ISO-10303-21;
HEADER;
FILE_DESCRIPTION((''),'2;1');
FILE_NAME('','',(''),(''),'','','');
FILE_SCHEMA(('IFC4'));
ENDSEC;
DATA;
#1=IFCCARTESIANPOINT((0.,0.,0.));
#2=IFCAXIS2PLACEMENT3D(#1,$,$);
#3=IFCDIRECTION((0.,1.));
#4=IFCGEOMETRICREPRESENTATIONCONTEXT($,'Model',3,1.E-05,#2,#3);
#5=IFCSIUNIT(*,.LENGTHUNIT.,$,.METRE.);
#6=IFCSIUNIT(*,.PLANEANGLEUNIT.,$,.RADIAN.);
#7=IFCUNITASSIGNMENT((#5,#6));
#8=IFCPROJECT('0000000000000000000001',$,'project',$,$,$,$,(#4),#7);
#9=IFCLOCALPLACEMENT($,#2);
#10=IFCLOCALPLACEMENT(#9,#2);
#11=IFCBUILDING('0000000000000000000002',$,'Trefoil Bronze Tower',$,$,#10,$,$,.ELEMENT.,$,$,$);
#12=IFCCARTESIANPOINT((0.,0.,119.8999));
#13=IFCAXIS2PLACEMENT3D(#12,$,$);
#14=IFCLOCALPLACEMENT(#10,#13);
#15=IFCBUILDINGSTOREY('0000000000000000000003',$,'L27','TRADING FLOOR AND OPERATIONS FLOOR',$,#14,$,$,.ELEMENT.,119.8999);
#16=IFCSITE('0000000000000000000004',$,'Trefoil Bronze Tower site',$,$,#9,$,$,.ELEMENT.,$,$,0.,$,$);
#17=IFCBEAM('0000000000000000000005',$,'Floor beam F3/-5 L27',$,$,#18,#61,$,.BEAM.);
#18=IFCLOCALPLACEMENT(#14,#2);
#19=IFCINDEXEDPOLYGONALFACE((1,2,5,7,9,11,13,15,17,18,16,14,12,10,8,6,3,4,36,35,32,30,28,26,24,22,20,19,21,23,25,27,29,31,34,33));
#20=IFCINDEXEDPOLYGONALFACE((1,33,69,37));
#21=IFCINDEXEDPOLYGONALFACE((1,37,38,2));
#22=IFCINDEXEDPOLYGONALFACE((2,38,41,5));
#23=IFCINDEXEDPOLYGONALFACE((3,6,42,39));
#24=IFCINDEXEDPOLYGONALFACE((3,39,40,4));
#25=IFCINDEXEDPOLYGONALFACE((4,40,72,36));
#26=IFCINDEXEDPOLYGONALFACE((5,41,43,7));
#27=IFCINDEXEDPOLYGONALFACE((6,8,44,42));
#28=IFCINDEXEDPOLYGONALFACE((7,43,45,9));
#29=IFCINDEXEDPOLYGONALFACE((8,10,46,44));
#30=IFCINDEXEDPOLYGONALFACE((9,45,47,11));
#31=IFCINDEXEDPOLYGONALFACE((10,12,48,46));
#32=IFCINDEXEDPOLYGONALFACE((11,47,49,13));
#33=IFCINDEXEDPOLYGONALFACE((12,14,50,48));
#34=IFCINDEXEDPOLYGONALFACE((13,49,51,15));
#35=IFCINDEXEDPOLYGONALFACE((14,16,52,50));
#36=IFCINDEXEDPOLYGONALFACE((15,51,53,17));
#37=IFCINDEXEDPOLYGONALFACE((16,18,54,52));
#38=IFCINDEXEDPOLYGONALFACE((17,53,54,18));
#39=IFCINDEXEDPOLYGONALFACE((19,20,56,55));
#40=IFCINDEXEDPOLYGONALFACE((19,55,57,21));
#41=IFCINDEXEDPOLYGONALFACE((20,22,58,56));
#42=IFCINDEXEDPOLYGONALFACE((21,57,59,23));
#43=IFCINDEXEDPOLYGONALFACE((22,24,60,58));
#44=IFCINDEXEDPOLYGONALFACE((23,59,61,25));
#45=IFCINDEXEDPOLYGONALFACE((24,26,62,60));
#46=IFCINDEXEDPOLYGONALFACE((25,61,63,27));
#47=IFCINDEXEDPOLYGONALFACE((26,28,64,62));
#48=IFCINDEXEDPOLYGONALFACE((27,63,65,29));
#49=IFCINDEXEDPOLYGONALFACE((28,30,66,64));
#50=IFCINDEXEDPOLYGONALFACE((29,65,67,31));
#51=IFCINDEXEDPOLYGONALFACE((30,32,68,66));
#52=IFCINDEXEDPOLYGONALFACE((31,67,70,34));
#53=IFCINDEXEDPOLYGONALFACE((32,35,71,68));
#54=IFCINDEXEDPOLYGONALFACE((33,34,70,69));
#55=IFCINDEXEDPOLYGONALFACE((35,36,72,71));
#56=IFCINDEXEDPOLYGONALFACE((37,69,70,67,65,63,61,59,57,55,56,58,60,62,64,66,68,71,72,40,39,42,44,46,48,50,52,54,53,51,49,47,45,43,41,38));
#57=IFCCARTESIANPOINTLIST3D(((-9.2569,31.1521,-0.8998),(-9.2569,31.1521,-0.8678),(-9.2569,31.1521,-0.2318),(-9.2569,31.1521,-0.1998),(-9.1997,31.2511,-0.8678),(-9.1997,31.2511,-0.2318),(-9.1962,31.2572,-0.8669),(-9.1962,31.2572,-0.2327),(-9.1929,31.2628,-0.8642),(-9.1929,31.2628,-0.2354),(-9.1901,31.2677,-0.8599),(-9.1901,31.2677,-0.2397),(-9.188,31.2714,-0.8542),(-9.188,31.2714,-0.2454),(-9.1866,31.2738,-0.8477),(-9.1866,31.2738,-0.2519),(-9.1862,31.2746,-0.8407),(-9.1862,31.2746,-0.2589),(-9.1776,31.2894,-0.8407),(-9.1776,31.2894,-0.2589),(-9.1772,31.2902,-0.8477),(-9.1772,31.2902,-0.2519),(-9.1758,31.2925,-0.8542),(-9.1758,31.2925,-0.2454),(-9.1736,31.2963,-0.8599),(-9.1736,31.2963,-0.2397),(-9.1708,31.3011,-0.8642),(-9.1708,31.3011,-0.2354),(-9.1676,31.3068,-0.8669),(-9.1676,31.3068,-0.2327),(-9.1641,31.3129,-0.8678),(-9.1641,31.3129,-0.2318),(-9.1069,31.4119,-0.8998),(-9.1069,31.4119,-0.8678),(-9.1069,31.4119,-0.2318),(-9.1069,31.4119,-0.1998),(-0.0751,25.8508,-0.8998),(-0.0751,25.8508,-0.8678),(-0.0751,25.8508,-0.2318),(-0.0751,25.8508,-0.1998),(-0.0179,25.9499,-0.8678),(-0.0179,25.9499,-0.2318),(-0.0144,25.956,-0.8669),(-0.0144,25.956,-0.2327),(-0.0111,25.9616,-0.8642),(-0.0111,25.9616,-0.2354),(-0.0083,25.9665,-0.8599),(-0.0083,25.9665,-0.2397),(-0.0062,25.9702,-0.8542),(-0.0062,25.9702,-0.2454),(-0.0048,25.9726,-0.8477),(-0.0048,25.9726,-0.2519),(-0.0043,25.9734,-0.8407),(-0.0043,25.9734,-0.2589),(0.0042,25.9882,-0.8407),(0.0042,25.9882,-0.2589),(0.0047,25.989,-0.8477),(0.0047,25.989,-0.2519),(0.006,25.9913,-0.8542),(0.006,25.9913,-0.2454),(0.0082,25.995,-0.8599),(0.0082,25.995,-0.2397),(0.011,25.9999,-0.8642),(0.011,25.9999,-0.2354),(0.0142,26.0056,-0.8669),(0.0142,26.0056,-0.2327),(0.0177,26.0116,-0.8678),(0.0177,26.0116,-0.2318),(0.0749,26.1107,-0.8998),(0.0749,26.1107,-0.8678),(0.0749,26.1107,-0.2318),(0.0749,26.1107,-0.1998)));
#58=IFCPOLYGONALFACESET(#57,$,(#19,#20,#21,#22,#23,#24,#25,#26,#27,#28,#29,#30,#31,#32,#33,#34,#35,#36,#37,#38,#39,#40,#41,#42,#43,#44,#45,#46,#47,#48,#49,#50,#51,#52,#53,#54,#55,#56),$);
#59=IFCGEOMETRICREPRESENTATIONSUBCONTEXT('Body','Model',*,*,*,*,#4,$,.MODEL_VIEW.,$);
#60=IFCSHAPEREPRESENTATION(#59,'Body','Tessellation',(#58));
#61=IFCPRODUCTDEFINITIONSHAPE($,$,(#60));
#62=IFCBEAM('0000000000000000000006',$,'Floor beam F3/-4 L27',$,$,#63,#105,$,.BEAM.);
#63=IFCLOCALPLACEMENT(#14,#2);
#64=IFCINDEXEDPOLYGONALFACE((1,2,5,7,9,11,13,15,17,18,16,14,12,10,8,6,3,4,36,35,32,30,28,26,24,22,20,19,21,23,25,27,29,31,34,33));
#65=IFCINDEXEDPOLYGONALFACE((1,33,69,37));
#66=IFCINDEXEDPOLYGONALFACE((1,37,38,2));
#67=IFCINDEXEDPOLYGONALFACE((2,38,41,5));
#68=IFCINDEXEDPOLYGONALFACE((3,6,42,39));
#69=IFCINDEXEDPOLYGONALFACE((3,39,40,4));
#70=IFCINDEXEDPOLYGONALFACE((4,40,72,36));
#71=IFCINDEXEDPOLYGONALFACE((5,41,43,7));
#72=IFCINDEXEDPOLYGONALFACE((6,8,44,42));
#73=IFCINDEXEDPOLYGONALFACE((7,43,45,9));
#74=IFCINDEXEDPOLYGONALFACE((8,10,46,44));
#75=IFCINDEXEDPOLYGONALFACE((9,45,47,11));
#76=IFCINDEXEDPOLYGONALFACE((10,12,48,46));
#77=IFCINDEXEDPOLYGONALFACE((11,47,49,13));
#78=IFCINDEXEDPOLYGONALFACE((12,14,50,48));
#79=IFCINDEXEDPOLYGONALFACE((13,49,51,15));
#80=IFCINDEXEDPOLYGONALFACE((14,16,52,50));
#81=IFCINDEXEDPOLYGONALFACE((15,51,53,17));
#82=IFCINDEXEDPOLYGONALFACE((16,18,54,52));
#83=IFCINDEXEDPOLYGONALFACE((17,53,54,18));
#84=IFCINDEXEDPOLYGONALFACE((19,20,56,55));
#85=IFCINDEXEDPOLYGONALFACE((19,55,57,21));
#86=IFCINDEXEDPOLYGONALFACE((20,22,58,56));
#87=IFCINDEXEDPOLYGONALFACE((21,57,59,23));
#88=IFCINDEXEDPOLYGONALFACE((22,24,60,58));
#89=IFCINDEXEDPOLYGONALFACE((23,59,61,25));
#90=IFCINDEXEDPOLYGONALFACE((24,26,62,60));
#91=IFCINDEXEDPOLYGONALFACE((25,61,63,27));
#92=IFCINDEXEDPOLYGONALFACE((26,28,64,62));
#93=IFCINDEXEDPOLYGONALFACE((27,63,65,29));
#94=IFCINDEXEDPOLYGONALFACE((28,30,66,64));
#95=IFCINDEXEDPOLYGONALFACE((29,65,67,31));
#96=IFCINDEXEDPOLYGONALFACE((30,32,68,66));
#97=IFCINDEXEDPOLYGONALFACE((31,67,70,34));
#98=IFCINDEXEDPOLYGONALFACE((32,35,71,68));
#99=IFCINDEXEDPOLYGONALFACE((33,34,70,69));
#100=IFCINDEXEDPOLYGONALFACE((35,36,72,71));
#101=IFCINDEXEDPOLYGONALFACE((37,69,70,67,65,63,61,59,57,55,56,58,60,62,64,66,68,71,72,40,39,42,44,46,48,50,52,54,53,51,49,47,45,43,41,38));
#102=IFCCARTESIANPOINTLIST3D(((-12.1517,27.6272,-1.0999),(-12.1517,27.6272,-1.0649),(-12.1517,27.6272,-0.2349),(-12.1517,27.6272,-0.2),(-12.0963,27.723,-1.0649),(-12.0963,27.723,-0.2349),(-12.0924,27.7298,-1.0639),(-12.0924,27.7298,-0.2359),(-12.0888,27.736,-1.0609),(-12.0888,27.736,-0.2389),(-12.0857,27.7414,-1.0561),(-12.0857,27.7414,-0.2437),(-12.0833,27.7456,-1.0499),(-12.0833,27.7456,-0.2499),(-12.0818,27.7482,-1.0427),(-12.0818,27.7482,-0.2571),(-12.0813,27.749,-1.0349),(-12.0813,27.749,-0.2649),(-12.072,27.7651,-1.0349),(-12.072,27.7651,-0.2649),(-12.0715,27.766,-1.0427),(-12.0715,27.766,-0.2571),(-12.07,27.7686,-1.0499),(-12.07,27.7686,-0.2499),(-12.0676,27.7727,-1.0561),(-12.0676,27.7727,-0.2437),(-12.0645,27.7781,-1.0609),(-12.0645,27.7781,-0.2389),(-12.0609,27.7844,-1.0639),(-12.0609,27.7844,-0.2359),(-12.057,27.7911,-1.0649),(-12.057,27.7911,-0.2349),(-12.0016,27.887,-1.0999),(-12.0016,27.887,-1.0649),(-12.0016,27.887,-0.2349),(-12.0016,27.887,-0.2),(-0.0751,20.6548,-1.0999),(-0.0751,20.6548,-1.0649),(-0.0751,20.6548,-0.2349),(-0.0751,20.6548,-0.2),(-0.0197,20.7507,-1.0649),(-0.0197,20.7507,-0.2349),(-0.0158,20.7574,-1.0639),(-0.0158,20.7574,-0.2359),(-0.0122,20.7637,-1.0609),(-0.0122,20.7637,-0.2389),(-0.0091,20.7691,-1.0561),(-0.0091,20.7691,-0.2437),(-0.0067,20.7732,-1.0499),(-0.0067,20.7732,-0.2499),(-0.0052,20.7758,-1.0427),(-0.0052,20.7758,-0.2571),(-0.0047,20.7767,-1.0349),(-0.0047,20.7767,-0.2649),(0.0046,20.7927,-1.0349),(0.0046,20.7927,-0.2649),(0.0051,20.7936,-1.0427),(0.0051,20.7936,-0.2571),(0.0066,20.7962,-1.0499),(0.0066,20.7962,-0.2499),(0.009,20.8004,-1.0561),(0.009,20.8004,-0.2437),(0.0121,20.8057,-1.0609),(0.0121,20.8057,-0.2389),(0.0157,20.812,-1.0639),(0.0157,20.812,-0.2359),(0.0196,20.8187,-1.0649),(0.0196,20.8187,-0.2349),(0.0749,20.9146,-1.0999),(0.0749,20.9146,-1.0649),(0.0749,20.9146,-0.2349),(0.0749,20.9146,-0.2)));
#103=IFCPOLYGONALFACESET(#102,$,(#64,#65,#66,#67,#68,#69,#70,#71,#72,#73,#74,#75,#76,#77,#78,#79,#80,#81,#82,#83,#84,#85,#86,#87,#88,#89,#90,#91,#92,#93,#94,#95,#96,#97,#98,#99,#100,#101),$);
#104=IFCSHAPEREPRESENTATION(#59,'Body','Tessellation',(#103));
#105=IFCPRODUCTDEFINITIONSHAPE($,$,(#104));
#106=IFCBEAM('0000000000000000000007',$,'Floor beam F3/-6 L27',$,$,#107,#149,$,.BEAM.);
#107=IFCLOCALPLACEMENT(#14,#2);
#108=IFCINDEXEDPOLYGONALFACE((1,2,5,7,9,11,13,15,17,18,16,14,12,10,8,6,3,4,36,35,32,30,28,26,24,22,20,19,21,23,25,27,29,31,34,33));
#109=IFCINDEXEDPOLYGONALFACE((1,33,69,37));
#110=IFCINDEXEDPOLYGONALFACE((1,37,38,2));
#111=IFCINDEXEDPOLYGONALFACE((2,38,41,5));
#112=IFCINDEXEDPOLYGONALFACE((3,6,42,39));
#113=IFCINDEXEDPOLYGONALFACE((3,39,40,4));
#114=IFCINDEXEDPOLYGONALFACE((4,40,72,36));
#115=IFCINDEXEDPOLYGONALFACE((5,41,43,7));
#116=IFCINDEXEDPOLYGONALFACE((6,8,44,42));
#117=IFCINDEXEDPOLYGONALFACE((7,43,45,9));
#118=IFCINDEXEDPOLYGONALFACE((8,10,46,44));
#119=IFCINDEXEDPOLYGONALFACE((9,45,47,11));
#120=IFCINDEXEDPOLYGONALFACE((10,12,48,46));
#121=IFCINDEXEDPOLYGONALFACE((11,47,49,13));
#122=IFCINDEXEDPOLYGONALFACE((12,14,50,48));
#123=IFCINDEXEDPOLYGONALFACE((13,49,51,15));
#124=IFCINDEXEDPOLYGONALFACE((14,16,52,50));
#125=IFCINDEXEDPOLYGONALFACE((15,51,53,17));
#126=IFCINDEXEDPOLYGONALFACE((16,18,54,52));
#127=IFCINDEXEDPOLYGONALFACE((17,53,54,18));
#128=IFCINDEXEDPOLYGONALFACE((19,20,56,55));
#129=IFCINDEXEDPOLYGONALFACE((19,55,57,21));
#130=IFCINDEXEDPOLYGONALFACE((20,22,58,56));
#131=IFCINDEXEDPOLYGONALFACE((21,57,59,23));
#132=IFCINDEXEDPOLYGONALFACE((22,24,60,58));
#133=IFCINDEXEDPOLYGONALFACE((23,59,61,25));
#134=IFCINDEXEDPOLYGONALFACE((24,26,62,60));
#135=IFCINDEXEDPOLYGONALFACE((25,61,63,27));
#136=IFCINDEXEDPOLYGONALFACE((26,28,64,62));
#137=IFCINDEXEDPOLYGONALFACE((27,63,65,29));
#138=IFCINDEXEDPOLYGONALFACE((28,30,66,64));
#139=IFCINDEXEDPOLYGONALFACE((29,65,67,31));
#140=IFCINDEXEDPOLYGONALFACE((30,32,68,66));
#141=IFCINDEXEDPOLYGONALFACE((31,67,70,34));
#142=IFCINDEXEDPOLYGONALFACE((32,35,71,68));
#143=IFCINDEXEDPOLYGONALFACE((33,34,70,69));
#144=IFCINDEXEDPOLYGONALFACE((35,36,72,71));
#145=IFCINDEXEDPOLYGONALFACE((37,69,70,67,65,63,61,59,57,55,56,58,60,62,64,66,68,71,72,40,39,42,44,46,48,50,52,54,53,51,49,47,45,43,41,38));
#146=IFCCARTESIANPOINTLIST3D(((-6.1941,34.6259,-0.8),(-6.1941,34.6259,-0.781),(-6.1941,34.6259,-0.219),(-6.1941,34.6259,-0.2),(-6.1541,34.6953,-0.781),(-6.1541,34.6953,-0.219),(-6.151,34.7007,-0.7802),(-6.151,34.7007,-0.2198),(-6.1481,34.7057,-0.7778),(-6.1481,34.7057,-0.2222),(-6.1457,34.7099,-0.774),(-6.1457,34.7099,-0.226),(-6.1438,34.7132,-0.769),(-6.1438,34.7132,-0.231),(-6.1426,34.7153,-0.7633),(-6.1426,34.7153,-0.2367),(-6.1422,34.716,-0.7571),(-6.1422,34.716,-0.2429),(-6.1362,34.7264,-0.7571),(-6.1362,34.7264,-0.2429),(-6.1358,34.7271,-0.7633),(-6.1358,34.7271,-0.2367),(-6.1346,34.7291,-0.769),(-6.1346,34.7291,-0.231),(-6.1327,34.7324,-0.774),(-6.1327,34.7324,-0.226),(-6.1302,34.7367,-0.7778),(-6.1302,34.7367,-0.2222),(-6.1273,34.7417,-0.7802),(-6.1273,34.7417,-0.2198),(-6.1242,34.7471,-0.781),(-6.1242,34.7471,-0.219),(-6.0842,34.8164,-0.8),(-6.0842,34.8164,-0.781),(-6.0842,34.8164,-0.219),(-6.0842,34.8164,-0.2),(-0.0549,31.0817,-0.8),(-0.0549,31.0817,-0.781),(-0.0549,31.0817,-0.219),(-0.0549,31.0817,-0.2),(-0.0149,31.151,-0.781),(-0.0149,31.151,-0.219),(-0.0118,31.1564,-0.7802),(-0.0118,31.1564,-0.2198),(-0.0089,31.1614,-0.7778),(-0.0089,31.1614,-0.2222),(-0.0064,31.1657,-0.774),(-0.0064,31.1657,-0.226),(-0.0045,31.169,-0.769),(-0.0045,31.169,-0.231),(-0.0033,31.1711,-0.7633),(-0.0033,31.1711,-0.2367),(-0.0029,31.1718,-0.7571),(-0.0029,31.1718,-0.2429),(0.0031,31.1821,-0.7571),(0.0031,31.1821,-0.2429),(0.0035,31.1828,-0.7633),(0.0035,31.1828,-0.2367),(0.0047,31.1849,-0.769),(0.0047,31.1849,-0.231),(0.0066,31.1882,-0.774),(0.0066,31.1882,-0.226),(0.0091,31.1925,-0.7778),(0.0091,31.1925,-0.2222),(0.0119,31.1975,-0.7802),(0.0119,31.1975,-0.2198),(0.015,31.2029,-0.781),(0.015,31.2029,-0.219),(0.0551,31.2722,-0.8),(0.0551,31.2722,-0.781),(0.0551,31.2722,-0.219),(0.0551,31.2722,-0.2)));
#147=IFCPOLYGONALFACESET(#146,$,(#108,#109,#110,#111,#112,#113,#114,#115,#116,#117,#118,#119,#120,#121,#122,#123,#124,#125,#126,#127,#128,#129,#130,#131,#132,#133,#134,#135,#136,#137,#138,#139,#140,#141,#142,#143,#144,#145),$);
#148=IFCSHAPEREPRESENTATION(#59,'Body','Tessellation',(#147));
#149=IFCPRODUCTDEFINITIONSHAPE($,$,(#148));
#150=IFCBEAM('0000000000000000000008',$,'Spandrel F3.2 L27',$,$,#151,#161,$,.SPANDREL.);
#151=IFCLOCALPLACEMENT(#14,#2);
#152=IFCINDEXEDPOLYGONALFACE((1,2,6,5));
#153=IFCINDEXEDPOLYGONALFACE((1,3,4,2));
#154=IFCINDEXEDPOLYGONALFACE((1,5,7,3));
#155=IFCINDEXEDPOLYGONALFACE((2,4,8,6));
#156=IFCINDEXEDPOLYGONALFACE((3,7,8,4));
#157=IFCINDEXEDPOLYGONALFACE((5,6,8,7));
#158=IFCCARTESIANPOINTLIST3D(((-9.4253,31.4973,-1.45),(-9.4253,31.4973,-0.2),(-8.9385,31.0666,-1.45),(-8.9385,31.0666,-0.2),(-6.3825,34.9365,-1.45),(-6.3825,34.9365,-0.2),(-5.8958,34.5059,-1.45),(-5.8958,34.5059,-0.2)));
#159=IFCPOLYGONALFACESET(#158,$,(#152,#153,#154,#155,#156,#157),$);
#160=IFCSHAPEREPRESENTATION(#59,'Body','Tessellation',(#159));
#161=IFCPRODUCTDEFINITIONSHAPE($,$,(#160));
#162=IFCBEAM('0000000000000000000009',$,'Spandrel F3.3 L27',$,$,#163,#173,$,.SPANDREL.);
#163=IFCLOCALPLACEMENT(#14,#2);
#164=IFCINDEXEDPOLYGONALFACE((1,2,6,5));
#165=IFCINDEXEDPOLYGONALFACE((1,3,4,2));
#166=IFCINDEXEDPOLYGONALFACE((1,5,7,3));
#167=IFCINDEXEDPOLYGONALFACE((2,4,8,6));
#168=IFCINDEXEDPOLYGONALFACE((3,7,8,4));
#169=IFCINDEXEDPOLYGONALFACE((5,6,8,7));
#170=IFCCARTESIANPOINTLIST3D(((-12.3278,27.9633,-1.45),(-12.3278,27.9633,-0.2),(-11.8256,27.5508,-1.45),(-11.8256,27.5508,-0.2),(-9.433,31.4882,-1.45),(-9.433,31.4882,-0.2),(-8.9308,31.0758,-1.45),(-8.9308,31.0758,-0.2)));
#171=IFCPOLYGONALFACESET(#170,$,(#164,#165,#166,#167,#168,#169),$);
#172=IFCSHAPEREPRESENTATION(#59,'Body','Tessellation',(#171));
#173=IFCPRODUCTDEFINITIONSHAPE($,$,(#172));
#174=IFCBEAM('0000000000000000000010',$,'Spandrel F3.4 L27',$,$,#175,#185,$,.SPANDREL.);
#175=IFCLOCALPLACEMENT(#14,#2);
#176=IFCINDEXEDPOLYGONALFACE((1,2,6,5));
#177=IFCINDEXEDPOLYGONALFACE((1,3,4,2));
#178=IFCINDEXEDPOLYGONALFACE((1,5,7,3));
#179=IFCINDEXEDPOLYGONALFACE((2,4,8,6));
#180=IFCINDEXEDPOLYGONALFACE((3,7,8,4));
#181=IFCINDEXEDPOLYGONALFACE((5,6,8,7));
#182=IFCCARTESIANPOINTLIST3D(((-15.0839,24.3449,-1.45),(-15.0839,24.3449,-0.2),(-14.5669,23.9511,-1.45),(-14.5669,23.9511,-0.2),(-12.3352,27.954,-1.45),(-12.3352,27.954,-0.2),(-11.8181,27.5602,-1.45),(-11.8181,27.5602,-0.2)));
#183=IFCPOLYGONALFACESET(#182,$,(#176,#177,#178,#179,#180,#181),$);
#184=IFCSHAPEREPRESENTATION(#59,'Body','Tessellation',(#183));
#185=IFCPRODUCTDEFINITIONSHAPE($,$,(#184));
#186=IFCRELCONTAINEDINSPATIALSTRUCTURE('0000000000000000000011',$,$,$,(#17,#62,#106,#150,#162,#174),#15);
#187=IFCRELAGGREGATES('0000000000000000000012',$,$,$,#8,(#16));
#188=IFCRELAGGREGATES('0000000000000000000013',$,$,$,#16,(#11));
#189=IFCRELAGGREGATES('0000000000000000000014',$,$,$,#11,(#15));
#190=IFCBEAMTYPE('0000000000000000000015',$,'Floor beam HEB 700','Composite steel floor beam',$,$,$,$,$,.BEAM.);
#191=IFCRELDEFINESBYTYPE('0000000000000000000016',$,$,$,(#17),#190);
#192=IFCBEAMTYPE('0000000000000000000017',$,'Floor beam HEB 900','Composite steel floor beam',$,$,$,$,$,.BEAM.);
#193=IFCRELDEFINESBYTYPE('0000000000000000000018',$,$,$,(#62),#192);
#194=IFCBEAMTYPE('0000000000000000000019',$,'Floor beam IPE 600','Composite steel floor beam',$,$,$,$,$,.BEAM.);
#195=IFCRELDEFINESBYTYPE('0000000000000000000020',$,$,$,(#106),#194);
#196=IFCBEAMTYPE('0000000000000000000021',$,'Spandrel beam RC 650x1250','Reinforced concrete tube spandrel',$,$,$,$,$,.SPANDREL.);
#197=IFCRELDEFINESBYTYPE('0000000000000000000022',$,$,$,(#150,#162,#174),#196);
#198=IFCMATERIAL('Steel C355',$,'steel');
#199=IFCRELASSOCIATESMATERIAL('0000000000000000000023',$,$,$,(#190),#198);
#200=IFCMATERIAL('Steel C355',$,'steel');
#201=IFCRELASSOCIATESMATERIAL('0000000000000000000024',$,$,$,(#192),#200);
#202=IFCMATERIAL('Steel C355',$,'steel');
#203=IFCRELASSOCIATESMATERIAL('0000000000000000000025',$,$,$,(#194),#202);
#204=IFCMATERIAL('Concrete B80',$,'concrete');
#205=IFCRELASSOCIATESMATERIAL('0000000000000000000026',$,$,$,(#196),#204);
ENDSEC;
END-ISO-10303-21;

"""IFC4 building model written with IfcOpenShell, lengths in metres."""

from ifc_helpers import new_model, si_unit, direction, frame, origin, origin_2d, place, context, subcontext, project, spatial, rectangle, i_section, extrude, material, material_profile, profile_set, type_object, element, save


model = new_model("IFC4")

# Units and contexts
model_context = context("Model", 3, precision=1e-05, world=origin(), true_north=direction((0.0, 1.0)))
body_context = subcontext(model_context, "Body", "Model", "MODEL_VIEW")
ifc_project = project(units=[si_unit("LENGTHUNIT", "METRE"), si_unit("PLANEANGLEUNIT", "RADIAN")], contexts=[model_context])

# Site, building, storey
site_placement = place(None, origin())
site = spatial("IfcSite", under=ifc_project, at=site_placement, Name="Trefoil Bronze Tower site", CompositionType="ELEMENT", RefElevation=0.0)
building_placement = place(site_placement, origin())
building = spatial("IfcBuilding", under=site, at=building_placement, Name="Trefoil Bronze Tower", CompositionType="ELEMENT")
storey_placement = place(building_placement, frame((0.0, 0.0, 119.8999)))
storey = spatial("IfcBuildingStorey", under=building, at=storey_placement, Name="L27", Description="TRADING FLOOR AND OPERATIONS FLOOR", CompositionType="ELEMENT", Elevation=119.8999)

# Beams
ifc_material_1 = material(Name="Steel C355", Category="steel")
ifc_material_profile_1 = material_profile(ifc_material_1, i_section(OverallWidth=0.3, OverallDepth=0.7, WebThickness=0.0171, FlangeThickness=0.032, FilletRadius=0.0271, at=origin_2d()), Name="HEB 700")
ifc_profile_set_1 = profile_set([ifc_material_profile_1], Name="Steel C355")
beam_type_1 = type_object("IfcBeamType", Name="Floor beam HEB 700", Description="Composite steel floor beam", PredefinedType="BEAM", material=ifc_profile_set_1)
beam_1_placement = place(storey_placement, frame((-9.1819, 31.282, -0.5498), z_axis=(0.866021, -0.500007, 0.0), x_axis=(0.500007, 0.866021, 0.0)))
element("IfcBeam", 1, at=beam_1_placement, inside=storey, type_object=beam_type_1, Name="Floor beam F3/-5 L27", PredefinedType="BEAM", context=body_context, shape_type="SweptSolid", body=[
    extrude(i_section(OverallWidth=0.3, OverallDepth=0.7, WebThickness=0.0171, FlangeThickness=0.032, FilletRadius=0.0271, at=origin_2d()), origin(), (0.0, 0.0, 1.0), 10.6023),
])
ifc_material_2 = material(Name="Steel C355", Category="steel")
ifc_material_profile_2 = material_profile(ifc_material_2, i_section(OverallWidth=0.3, OverallDepth=0.8999, WebThickness=0.0186, FlangeThickness=0.0349, FilletRadius=0.03, at=origin_2d()), Name="HEB 900")
ifc_profile_set_2 = profile_set([ifc_material_profile_2], Name="Steel C355")
beam_type_2 = type_object("IfcBeamType", Name="Floor beam HEB 900", Description="Composite steel floor beam", PredefinedType="BEAM", material=ifc_profile_set_2)
beam_2_placement = place(storey_placement, frame((-12.0767, 27.7571, -0.6499), z_axis=(0.866027, -0.499997, 0.0), x_axis=(0.499997, 0.866027, 0.0)))
element("IfcBeam", 2, at=beam_2_placement, inside=storey, type_object=beam_type_2, Name="Floor beam F3/-4 L27", PredefinedType="BEAM", context=body_context, shape_type="SweptSolid", body=[
    extrude(i_section(OverallWidth=0.3, OverallDepth=0.8999, WebThickness=0.0186, FlangeThickness=0.0349, FilletRadius=0.03, at=origin_2d()), origin(), (0.0, 0.0, 1.0), 13.9448),
])
ifc_material_3 = material(Name="Steel C355", Category="steel")
ifc_material_profile_3 = material_profile(ifc_material_3, i_section(OverallWidth=0.22, OverallDepth=0.6001, WebThickness=0.012, FlangeThickness=0.019, FilletRadius=0.0239, at=origin_2d()), Name="IPE 600")
ifc_profile_set_3 = profile_set([ifc_material_profile_3], Name="Steel C355")
beam_type_3 = type_object("IfcBeamType", Name="Floor beam IPE 600", Description="Composite steel floor beam", PredefinedType="BEAM", material=ifc_profile_set_3)
beam_3_placement = place(storey_placement, frame((-6.1392, 34.7212, -0.5), z_axis=(0.866041, -0.499973, 0.0), x_axis=(0.499973, 0.866041, 0.0)))
element("IfcBeam", 3, at=beam_3_placement, inside=storey, type_object=beam_type_3, Name="Floor beam F3/-6 L27", PredefinedType="BEAM", context=body_context, shape_type="SweptSolid", body=[
    extrude(i_section(OverallWidth=0.22, OverallDepth=0.6001, WebThickness=0.012, FlangeThickness=0.019, FilletRadius=0.0239, at=origin_2d()), origin(), (0.0, 0.0, 1.0), 7.0889),
])
ifc_material_4 = material(Name="Concrete B80", Category="concrete")
ifc_material_profile_4 = material_profile(ifc_material_4, rectangle(XDim=0.6499, YDim=1.25, at=origin_2d()), Name="RC 650x1250")
ifc_profile_set_4 = profile_set([ifc_material_profile_4], Name="Concrete B80")
beam_type_4 = type_object("IfcBeamType", Name="Spandrel beam RC 650x1250", Description="Reinforced concrete tube spandrel", PredefinedType="SPANDREL", material=ifc_profile_set_4)
beam_4_placement = place(storey_placement, frame((-6.1392, 34.7212, -0.825), z_axis=(-0.662616, -0.748959, 0.0), x_axis=(0.748959, -0.662616, 0.0)))
element("IfcBeam", 4, at=beam_4_placement, inside=storey, type_object=beam_type_4, Name="Spandrel F3.2 L27", PredefinedType="SPANDREL", context=body_context, shape_type="SweptSolid", body=[
    extrude(rectangle(XDim=0.6499, YDim=1.25, at=origin_2d()), origin(), (0.0, 0.0, 1.0), 4.592),
])
beam_5_placement = place(storey_placement, frame((-9.1819, 31.282, -0.825), z_axis=(-0.63465, -0.772799, 0.0), x_axis=(0.772799, -0.63465, 0.0)))
element("IfcBeam", 5, at=beam_5_placement, inside=storey, type_object=beam_type_4, Name="Spandrel F3.3 L27", PredefinedType="SPANDREL", context=body_context, shape_type="SweptSolid", body=[
    extrude(rectangle(XDim=0.6499, YDim=1.25, at=origin_2d()), origin(), (0.0, 0.0, 1.0), 4.5613),
])
beam_6_placement = place(storey_placement, frame((-12.0767, 27.7571, -0.825), z_axis=(-0.605899, -0.795542, 0.0), x_axis=(0.795542, -0.605899, 0.0)))
element("IfcBeam", 6, at=beam_6_placement, inside=storey, type_object=beam_type_4, Name="Spandrel F3.4 L27", PredefinedType="SPANDREL", context=body_context, shape_type="SweptSolid", body=[
    extrude(rectangle(XDim=0.6499, YDim=1.25, at=origin_2d()), origin(), (0.0, 0.0, 1.0), 4.5366),
])

save(model, "model.ifc")
